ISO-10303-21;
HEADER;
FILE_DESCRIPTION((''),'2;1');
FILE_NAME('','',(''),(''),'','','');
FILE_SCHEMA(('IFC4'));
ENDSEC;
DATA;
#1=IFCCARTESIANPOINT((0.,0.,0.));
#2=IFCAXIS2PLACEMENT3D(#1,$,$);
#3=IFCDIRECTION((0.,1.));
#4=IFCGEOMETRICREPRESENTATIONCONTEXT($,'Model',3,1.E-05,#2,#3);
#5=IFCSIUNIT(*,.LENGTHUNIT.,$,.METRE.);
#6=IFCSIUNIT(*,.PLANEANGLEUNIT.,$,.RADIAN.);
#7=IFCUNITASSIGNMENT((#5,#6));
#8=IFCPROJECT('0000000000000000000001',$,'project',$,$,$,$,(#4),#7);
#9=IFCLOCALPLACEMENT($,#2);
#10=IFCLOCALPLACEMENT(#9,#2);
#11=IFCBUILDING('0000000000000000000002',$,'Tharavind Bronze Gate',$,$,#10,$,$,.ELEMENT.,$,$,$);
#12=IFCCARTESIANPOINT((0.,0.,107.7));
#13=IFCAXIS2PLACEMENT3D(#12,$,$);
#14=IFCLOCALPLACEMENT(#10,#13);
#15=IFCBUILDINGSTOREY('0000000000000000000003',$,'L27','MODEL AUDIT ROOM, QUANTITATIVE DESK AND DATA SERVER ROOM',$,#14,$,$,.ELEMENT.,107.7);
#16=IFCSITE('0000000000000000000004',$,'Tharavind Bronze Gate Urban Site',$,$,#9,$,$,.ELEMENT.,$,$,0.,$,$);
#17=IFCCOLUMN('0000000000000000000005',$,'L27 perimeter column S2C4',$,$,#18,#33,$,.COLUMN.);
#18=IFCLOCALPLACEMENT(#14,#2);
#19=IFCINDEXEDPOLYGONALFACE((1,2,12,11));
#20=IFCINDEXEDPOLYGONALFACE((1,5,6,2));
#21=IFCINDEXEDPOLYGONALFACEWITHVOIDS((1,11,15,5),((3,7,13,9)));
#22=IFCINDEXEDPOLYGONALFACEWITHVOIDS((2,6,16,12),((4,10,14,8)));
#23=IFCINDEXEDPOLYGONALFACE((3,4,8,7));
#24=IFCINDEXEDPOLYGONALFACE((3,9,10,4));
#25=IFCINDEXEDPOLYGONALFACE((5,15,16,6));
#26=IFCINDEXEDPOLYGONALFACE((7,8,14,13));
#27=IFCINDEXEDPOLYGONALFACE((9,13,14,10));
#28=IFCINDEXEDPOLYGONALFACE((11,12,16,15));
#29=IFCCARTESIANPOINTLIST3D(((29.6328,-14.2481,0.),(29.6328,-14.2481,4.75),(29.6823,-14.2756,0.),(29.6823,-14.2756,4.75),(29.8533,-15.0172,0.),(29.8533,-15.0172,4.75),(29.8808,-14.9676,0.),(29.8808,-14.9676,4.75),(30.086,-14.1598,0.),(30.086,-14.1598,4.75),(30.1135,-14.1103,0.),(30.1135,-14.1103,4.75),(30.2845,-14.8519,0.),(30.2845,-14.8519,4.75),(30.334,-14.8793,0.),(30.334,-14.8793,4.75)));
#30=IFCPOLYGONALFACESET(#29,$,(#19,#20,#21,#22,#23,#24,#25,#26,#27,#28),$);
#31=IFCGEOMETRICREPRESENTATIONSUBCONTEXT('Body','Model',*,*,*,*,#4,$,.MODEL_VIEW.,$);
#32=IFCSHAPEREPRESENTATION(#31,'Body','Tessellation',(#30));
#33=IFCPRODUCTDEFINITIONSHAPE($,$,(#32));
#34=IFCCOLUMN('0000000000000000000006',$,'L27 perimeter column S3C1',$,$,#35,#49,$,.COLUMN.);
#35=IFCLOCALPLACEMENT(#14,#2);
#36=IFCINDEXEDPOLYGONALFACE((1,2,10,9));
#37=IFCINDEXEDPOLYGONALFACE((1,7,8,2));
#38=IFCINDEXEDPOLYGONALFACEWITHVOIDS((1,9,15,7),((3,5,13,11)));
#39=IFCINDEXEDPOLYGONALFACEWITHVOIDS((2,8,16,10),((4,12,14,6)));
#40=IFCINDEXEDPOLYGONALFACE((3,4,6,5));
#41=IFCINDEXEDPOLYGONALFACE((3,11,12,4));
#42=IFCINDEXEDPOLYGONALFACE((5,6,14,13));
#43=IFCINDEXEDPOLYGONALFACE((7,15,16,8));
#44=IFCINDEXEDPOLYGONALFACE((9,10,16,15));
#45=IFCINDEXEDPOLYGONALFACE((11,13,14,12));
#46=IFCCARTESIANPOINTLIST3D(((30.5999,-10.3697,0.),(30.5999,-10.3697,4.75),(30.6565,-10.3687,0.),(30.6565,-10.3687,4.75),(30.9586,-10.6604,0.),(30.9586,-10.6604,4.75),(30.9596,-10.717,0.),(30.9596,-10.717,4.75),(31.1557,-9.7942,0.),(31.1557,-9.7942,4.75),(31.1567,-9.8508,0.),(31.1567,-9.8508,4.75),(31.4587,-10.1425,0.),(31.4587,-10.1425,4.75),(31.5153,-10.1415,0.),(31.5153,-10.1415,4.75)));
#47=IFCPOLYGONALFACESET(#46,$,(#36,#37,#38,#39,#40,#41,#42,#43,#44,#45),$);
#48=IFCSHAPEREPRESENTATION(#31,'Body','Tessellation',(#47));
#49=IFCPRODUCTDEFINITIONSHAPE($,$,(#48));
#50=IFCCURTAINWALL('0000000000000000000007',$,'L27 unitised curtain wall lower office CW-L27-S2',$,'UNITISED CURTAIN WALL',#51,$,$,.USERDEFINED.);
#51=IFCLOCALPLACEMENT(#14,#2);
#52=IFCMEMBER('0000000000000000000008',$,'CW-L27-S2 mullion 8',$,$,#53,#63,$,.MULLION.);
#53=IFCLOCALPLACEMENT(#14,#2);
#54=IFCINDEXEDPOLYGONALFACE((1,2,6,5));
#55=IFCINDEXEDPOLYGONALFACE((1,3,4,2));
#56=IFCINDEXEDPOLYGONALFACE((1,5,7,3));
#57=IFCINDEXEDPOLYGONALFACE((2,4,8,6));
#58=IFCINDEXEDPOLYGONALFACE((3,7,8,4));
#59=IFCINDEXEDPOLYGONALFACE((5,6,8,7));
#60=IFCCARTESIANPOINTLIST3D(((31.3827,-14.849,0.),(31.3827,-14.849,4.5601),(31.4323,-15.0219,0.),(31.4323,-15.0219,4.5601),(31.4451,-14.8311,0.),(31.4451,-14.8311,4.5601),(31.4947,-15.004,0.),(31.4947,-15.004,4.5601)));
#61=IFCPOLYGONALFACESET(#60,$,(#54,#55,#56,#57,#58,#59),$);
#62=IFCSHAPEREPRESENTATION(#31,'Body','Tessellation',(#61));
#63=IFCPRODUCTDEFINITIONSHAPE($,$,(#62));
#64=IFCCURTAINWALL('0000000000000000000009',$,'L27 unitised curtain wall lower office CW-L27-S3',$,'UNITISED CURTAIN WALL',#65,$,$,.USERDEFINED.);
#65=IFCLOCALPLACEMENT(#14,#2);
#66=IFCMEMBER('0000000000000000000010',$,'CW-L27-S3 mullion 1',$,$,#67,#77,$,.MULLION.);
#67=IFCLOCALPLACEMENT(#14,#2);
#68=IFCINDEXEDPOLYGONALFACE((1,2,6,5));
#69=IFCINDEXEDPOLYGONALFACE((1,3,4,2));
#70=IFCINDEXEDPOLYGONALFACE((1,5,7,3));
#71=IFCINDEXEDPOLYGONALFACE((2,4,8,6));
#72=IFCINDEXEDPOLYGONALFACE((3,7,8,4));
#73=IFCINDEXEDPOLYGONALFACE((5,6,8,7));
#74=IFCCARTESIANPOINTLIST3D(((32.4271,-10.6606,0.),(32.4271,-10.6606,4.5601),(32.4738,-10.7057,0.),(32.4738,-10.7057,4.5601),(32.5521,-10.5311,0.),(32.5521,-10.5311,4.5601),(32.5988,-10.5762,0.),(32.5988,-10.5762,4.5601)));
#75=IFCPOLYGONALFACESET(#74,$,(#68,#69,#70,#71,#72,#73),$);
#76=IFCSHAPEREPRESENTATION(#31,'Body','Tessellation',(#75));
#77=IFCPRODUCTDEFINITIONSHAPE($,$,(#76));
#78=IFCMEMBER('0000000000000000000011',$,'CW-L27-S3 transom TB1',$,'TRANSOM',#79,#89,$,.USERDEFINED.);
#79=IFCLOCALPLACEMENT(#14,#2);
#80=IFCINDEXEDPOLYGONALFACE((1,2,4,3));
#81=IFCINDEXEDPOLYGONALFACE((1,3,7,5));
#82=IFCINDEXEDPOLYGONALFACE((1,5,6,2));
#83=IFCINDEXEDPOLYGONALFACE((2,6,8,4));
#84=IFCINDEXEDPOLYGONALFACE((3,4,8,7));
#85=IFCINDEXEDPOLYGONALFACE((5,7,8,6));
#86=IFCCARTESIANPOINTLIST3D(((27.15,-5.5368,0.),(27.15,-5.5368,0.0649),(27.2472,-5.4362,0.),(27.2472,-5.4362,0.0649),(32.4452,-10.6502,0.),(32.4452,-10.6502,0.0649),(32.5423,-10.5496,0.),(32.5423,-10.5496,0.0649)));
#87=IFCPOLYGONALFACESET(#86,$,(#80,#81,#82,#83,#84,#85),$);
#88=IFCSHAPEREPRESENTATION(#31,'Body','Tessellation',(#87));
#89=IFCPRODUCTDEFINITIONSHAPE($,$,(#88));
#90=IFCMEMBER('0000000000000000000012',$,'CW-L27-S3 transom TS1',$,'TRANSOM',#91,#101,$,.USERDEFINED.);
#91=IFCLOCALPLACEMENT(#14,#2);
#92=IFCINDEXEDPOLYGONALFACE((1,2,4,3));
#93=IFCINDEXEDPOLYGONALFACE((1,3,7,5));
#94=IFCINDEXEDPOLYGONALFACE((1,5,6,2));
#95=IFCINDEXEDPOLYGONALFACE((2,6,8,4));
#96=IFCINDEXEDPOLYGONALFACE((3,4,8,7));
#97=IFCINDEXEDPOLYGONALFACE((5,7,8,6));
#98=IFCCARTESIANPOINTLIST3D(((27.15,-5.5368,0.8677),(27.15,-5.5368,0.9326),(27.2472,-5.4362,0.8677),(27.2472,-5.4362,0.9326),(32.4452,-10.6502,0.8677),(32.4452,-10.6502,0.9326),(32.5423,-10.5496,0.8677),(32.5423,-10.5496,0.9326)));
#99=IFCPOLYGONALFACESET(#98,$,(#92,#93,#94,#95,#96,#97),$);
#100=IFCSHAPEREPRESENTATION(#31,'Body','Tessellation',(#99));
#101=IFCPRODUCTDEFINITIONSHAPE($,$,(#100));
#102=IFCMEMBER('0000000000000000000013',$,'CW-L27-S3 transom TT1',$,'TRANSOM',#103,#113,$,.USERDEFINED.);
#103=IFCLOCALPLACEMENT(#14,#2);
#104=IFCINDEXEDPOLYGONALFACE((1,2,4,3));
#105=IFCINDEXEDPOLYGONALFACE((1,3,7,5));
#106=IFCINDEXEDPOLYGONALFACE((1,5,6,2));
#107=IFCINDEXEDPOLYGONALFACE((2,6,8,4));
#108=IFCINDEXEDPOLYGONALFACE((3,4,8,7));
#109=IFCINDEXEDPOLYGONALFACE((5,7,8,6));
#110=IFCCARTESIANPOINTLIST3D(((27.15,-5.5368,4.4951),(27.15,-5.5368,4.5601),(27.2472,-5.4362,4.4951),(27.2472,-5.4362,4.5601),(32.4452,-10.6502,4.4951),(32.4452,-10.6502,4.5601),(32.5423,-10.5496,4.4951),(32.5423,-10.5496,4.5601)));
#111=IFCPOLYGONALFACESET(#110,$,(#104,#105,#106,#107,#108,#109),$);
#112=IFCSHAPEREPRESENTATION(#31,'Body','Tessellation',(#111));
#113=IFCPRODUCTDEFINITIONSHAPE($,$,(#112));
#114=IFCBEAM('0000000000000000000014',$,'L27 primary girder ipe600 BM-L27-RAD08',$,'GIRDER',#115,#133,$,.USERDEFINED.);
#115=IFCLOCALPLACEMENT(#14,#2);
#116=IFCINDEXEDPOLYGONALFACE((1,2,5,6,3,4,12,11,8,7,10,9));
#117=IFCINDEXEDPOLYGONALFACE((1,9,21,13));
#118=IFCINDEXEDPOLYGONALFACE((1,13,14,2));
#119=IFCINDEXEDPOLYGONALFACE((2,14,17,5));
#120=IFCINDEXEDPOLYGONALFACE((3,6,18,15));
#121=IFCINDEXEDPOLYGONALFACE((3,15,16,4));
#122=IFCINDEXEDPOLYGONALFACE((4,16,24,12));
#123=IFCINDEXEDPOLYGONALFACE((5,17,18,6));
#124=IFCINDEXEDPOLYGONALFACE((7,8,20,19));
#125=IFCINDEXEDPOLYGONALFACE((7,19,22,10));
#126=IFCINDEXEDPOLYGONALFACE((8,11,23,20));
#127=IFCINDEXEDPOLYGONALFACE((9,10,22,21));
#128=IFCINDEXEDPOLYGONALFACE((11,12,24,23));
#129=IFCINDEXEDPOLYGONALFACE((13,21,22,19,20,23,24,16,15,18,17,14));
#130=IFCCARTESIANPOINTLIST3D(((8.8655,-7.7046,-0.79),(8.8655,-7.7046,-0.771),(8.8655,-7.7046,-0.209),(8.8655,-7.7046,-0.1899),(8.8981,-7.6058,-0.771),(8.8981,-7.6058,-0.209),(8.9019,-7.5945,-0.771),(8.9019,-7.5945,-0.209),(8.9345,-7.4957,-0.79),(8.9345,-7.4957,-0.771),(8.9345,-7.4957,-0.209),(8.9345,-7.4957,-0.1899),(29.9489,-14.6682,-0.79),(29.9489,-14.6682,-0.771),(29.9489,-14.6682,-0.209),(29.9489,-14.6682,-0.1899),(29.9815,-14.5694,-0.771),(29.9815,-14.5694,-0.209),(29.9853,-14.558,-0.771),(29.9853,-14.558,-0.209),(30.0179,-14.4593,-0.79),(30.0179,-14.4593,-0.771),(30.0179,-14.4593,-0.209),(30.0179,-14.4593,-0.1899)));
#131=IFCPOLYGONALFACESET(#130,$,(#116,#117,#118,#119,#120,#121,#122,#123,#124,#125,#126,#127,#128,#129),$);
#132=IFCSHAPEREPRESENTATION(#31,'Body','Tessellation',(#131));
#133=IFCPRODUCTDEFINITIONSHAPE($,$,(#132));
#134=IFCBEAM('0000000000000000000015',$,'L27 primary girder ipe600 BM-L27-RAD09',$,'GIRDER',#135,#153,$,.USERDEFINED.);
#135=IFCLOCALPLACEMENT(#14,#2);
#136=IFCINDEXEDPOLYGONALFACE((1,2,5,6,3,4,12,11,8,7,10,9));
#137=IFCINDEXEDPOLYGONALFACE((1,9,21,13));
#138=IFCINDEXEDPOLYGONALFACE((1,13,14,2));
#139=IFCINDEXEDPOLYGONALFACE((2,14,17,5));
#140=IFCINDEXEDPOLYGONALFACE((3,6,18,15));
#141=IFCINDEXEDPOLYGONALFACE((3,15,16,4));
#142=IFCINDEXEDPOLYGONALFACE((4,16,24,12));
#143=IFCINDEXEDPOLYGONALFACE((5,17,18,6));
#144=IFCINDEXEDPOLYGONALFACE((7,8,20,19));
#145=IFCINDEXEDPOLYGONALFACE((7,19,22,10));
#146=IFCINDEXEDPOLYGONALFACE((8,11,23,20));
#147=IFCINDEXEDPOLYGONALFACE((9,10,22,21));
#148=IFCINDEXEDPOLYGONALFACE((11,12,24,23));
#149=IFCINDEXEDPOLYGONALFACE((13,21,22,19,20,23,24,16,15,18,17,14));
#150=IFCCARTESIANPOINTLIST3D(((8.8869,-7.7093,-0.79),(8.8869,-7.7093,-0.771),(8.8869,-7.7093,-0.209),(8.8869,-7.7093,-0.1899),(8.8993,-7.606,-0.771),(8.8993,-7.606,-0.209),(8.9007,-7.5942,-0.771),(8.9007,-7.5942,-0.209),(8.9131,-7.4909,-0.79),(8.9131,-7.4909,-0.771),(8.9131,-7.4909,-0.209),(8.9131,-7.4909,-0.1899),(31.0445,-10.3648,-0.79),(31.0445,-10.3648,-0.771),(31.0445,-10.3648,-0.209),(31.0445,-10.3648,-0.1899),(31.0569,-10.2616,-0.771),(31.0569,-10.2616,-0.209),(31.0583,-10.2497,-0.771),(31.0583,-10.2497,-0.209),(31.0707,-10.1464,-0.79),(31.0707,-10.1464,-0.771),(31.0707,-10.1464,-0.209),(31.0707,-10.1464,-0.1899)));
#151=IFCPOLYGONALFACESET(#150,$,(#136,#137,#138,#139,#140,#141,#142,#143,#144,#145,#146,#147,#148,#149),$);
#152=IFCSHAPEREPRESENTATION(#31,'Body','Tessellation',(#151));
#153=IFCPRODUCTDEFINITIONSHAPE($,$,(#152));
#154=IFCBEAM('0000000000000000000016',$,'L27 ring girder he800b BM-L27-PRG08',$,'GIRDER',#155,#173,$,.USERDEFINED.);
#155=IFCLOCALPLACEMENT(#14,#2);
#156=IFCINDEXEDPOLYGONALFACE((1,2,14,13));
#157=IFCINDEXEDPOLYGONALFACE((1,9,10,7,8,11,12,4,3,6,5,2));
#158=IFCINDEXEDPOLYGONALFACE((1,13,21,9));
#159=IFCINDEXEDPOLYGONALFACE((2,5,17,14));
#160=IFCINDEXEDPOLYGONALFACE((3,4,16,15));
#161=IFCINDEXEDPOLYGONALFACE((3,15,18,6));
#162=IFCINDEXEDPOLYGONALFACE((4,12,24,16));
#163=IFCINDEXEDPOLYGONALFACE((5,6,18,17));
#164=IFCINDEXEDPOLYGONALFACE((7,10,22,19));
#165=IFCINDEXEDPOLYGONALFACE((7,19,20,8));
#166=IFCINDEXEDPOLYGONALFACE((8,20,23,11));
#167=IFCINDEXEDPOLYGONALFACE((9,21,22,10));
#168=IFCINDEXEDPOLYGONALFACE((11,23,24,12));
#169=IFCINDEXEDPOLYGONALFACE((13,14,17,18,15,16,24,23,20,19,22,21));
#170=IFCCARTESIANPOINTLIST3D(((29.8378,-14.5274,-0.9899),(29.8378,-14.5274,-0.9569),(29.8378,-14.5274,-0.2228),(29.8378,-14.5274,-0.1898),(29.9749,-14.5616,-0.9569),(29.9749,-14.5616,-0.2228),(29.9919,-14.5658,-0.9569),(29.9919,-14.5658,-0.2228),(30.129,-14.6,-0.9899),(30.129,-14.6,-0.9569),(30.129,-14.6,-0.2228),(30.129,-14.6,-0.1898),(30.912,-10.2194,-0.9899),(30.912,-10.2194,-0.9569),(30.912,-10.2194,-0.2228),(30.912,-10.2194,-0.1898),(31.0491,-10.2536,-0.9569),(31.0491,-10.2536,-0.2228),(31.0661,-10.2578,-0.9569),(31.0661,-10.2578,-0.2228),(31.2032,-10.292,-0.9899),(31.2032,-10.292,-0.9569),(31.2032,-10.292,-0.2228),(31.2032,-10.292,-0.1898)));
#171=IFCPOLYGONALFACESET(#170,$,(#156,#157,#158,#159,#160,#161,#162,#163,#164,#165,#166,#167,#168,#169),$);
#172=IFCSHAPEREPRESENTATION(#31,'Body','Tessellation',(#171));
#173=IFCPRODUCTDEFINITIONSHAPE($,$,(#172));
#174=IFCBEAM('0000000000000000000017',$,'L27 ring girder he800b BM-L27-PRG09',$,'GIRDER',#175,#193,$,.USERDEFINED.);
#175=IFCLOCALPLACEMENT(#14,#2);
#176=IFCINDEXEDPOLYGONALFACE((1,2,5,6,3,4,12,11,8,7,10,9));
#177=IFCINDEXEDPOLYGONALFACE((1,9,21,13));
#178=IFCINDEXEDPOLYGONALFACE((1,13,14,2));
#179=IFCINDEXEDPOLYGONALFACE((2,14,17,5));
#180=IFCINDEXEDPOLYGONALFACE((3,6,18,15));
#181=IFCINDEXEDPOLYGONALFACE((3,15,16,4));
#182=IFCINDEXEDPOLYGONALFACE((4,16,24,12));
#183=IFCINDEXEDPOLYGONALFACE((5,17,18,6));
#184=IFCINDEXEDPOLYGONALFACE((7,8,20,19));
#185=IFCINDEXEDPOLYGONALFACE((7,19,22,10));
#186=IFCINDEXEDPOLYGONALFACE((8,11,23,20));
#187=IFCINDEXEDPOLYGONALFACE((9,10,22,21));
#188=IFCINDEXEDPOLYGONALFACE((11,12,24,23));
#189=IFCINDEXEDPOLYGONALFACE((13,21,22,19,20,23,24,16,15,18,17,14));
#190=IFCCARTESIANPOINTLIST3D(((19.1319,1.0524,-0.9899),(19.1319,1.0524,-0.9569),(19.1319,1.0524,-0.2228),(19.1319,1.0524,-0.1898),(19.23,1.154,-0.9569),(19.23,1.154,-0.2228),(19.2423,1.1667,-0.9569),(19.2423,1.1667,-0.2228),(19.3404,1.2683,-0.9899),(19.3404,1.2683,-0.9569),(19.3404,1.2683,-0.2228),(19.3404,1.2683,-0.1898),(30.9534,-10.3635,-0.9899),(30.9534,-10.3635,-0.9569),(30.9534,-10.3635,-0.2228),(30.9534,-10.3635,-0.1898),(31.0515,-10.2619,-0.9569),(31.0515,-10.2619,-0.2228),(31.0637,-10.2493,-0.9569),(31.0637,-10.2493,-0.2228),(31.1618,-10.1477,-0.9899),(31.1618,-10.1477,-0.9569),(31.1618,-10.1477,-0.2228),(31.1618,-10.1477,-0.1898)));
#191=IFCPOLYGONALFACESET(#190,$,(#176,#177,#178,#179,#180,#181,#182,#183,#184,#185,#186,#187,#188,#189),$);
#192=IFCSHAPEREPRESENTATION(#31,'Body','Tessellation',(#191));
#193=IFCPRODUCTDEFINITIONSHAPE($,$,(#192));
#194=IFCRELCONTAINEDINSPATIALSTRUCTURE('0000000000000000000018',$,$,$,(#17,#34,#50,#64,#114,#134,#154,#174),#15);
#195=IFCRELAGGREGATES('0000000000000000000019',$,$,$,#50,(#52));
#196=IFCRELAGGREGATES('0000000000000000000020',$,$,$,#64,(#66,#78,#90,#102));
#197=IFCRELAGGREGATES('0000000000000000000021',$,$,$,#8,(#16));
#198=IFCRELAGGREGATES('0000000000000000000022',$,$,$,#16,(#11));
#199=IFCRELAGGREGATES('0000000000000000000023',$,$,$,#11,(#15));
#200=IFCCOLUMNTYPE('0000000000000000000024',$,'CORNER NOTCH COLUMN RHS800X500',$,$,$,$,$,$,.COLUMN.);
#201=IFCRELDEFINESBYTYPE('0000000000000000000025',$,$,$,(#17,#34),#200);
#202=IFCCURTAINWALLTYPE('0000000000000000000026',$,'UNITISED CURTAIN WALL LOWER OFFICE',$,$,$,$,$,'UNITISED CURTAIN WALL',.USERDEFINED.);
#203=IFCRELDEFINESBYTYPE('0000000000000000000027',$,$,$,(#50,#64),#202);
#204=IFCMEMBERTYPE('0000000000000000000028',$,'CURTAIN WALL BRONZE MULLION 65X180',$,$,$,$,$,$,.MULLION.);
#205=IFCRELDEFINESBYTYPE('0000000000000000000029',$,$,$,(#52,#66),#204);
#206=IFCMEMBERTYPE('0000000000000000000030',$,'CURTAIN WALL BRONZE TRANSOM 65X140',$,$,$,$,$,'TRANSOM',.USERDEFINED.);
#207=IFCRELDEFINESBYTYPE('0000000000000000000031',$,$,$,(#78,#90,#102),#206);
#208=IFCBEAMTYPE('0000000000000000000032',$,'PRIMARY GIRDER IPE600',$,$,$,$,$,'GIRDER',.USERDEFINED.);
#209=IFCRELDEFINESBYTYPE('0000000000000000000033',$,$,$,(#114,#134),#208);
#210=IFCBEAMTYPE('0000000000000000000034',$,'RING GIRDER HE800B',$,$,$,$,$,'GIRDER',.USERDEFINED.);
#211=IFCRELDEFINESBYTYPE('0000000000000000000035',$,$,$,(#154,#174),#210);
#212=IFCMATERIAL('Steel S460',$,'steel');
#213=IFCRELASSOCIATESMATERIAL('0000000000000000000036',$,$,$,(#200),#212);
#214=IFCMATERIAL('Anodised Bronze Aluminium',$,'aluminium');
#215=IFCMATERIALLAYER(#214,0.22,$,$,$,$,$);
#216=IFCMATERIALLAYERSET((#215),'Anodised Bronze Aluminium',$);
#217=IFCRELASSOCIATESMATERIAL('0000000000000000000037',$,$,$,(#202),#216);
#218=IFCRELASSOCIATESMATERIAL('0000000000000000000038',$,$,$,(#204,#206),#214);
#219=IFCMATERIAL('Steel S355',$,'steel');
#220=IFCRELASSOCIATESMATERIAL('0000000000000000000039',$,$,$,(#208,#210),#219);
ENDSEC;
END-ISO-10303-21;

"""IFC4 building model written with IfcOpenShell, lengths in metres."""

from ifc_helpers import new_model, si_unit, direction, frame, origin, origin_2d, place, context, subcontext, project, spatial, rectangle, hollow_rectangle, i_section, extrude, material, layer, layer_set, material_profile, profile_set, type_object, element, aggregate, save


model = new_model("IFC4")

# Units and contexts
model_context = context("Model", 3, precision=1e-05, world=origin(), true_north=direction((0.0, 1.0)))
body_context = subcontext(model_context, "Body", "Model", "MODEL_VIEW")
ifc_project = project(units=[si_unit("LENGTHUNIT", "METRE"), si_unit("PLANEANGLEUNIT", "RADIAN")], contexts=[model_context])

# Site, building, storey
site_placement = place(None, origin())
site = spatial("IfcSite", under=ifc_project, at=site_placement, Name="Tharavind Bronze Gate Urban Site", CompositionType="ELEMENT", RefElevation=0.0)
building_placement = place(site_placement, origin())
building = spatial("IfcBuilding", under=site, at=building_placement, Name="Tharavind Bronze Gate", CompositionType="ELEMENT")
storey_placement = place(building_placement, frame((0.0, 0.0, 107.7)))
storey = spatial("IfcBuildingStorey", under=building, at=storey_placement, Name="L27", Description="MODEL AUDIT ROOM, QUANTITATIVE DESK AND DATA SERVER ROOM", CompositionType="ELEMENT", Elevation=107.7)

# Columns
ifc_material_1 = material(Name="Steel S460", Category="steel")
ifc_material_profile_1 = material_profile(ifc_material_1, hollow_rectangle(XDim=0.5, YDim=0.8, WallThickness=0.04, at=origin_2d()), Name="RHS800X500X40")
ifc_profile_set_1 = profile_set([ifc_material_profile_1], Name="Steel S460")
column_type = type_object("IfcColumnType", Name="CORNER NOTCH COLUMN RHS800X500", PredefinedType="COLUMN", material=ifc_profile_set_1)
for number, where, z_axis, x_axis, name in (
    (1, (29.9834, -14.5637, 0.0), (0.0, 0.0, 1.0), (0.961262, 0.275637, 0.0), "L27 perimeter column S2C4"),
    (2, (31.0576, -10.2556, 0.0), (0.0, 0.0, 1.0), (-0.71934, 0.694658, 0.0), "L27 perimeter column S3C1"),
):
    element("IfcColumn", number, at=place(storey_placement, frame(where, z_axis=z_axis, x_axis=x_axis)), inside=storey, type_object=column_type, Name=name, PredefinedType="COLUMN", context=body_context, shape_type="SweptSolid", body=[
        extrude(hollow_rectangle(XDim=0.5, YDim=0.8, WallThickness=0.04, at=origin_2d()), origin(), (0.0, 0.0, 1.0), 4.75),
    ])

# Curtain wall, member
ifc_material_2 = material(Name="Anodised Bronze Aluminium", Category="aluminium")
ifc_layer_1 = layer(ifc_material_2, 0.22)
ifc_layer_set_1 = layer_set([ifc_layer_1], Name="Anodised Bronze Aluminium")
curtain_wall_type = type_object("IfcCurtainWallType", Name="UNITISED CURTAIN WALL LOWER OFFICE", ElementType="UNITISED CURTAIN WALL", PredefinedType="USERDEFINED", material=ifc_layer_set_1)
curtain_wall_1_placement = place(storey_placement, origin())
curtain_wall_1 = element("IfcCurtainWall", 3, at=curtain_wall_1_placement, inside=storey, type_object=curtain_wall_type, Name="L27 unitised curtain wall lower office CW-L27-S2", ObjectType="UNITISED CURTAIN WALL", PredefinedType="USERDEFINED")
member_type_1 = type_object("IfcMemberType", Name="CURTAIN WALL BRONZE MULLION 65X180", PredefinedType="MULLION", material=ifc_material_2)
member_1_placement = place(storey_placement, frame((31.4387, -14.9265, 0.0), z_axis=(0.0, 0.0, 1.0), x_axis=(0.961262, 0.275637, 0.0)))
member_1 = element("IfcMember", 4, at=member_1_placement, type_object=member_type_1, Name="CW-L27-S2 mullion 8", PredefinedType="MULLION", context=body_context, shape_type="SweptSolid", body=[
    extrude(rectangle(XDim=0.0649, YDim=0.1799, at=origin_2d()), origin(), (0.0, 0.0, 1.0), 4.5601),
])

# Curtain wall, members
curtain_wall_2_placement = place(storey_placement, origin())
curtain_wall_2 = element("IfcCurtainWall", 5, at=curtain_wall_2_placement, inside=storey, type_object=curtain_wall_type, Name="L27 unitised curtain wall lower office CW-L27-S3", ObjectType="UNITISED CURTAIN WALL", PredefinedType="USERDEFINED")
member_2_placement = place(storey_placement, frame((32.5129, -10.6184, 0.0), z_axis=(0.0, 0.0, 1.0), x_axis=(-0.719341, 0.694657, 0.0)))
member_2 = element("IfcMember", 6, at=member_2_placement, type_object=member_type_1, Name="CW-L27-S3 mullion 1", PredefinedType="MULLION", context=body_context, shape_type="SweptSolid", body=[
    extrude(rectangle(XDim=0.0649, YDim=0.1799, at=origin_2d()), origin(), (0.0, 0.0, 1.0), 4.5601),
])
member_type_2 = type_object("IfcMemberType", Name="CURTAIN WALL BRONZE TRANSOM 65X140", ElementType="TRANSOM", PredefinedType="USERDEFINED", material=ifc_material_2)
member_3_placement = place(storey_placement, frame((29.8462, -8.0432, 0.0), z_axis=(0.0, 0.0, 1.0), x_axis=(-0.719341, 0.694657, 0.0)))
member_3 = element("IfcMember", 7, at=member_3_placement, type_object=member_type_2, Name="CW-L27-S3 transom TB1", ObjectType="TRANSOM", PredefinedType="USERDEFINED", context=body_context, shape_type="SweptSolid", body=[
    extrude(rectangle(XDim=7.3611, YDim=0.1399, at=origin_2d()), origin(), (0.0, 0.0, 1.0), 0.0649),
])
member_4_placement = place(storey_placement, frame((29.8462, -8.0432, 0.8677), z_axis=(0.0, 0.0, 1.0), x_axis=(-0.719341, 0.694657, 0.0)))
member_4 = element("IfcMember", 8, at=member_4_placement, type_object=member_type_2, Name="CW-L27-S3 transom TS1", ObjectType="TRANSOM", PredefinedType="USERDEFINED", context=body_context, shape_type="SweptSolid", body=[
    extrude(rectangle(XDim=7.3611, YDim=0.1399, at=origin_2d()), origin(), (0.0, 0.0, 1.0), 0.0649),
])
member_5_placement = place(storey_placement, frame((29.8462, -8.0432, 4.4951), z_axis=(0.0, 0.0, 1.0), x_axis=(-0.719341, 0.694657, 0.0)))
member_5 = element("IfcMember", 9, at=member_5_placement, type_object=member_type_2, Name="CW-L27-S3 transom TT1", ObjectType="TRANSOM", PredefinedType="USERDEFINED", context=body_context, shape_type="SweptSolid", body=[
    extrude(rectangle(XDim=7.3611, YDim=0.1399, at=origin_2d()), origin(), (0.0, 0.0, 1.0), 0.0649),
])

# Beams
ifc_material_3 = material(Name="Steel S355", Category="steel")
ifc_material_profile_2 = material_profile(ifc_material_3, i_section(OverallWidth=0.22, OverallDepth=0.6001, WebThickness=0.012, FlangeThickness=0.019, at=origin_2d()), Name="IPE600")
ifc_profile_set_2 = profile_set([ifc_material_profile_2], Name="Steel S355")
beam_type_1 = type_object("IfcBeamType", Name="PRIMARY GIRDER IPE600", ElementType="GIRDER", PredefinedType="USERDEFINED", material=ifc_profile_set_2)
beam_1_placement = place(storey_placement, frame((29.9834, -14.5637, -0.49), z_axis=(-0.949547, 0.313624, 0.0), x_axis=(-0.313624, -0.949547, 0.0)))
element("IfcBeam", 10, at=beam_1_placement, inside=storey, type_object=beam_type_1, Name="L27 primary girder ipe600 BM-L27-RAD08", ObjectType="GIRDER", PredefinedType="USERDEFINED", context=body_context, shape_type="SweptSolid", body=[
    extrude(i_section(OverallWidth=0.22, OverallDepth=0.6001, WebThickness=0.012, FlangeThickness=0.019, at=origin_2d()), origin(), (0.0, 0.0, 1.0), 22.2036),
])
beam_2_placement = place(storey_placement, frame((31.0576, -10.2556, -0.49), z_axis=(-0.992895, 0.118995, 0.0), x_axis=(-0.118995, -0.992895, 0.0)))
element("IfcBeam", 11, at=beam_2_placement, inside=storey, type_object=beam_type_1, Name="L27 primary girder ipe600 BM-L27-RAD09", ObjectType="GIRDER", PredefinedType="USERDEFINED", context=body_context, shape_type="SweptSolid", body=[
    extrude(i_section(OverallWidth=0.22, OverallDepth=0.6001, WebThickness=0.012, FlangeThickness=0.019, at=origin_2d()), origin(), (0.0, 0.0, 1.0), 22.3162),
])
ifc_material_profile_3 = material_profile(ifc_material_3, i_section(OverallWidth=0.3, OverallDepth=0.8, WebThickness=0.0176, FlangeThickness=0.033, at=origin_2d()), Name="HE800B")
ifc_profile_set_3 = profile_set([ifc_material_profile_3], Name="Steel S355")
beam_type_2 = type_object("IfcBeamType", Name="RING GIRDER HE800B", ElementType="GIRDER", PredefinedType="USERDEFINED", material=ifc_profile_set_3)
beam_3_placement = place(storey_placement, frame((29.9834, -14.5637, -0.5898), z_axis=(0.24194, 0.970291, 0.0), x_axis=(-0.970291, 0.24194, 0.0)))
element("IfcBeam", 12, at=beam_3_placement, inside=storey, type_object=beam_type_2, Name="L27 ring girder he800b BM-L27-PRG08", ObjectType="GIRDER", PredefinedType="USERDEFINED", context=body_context, shape_type="SweptSolid", body=[
    extrude(i_section(OverallWidth=0.3, OverallDepth=0.8, WebThickness=0.0176, FlangeThickness=0.033, at=origin_2d()), origin(), (0.0, 0.0, 1.0), 4.4399),
])
beam_4_placement = place(storey_placement, frame((31.0576, -10.2556, -0.5898), z_axis=(-0.719337, 0.694661, 0.0), x_axis=(-0.694661, -0.719337, 0.0)))
element("IfcBeam", 13, at=beam_4_placement, inside=storey, type_object=beam_type_2, Name="L27 ring girder he800b BM-L27-PRG09", ObjectType="GIRDER", PredefinedType="USERDEFINED", context=body_context, shape_type="SweptSolid", body=[
    extrude(i_section(OverallWidth=0.3, OverallDepth=0.8, WebThickness=0.0176, FlangeThickness=0.033, at=origin_2d()), origin(), (0.0, 0.0, 1.0), 16.4338),
])

aggregate(curtain_wall_1, [member_1])
aggregate(curtain_wall_2, [member_2, member_3, member_4, member_5])

save(model, "model.ifc")
